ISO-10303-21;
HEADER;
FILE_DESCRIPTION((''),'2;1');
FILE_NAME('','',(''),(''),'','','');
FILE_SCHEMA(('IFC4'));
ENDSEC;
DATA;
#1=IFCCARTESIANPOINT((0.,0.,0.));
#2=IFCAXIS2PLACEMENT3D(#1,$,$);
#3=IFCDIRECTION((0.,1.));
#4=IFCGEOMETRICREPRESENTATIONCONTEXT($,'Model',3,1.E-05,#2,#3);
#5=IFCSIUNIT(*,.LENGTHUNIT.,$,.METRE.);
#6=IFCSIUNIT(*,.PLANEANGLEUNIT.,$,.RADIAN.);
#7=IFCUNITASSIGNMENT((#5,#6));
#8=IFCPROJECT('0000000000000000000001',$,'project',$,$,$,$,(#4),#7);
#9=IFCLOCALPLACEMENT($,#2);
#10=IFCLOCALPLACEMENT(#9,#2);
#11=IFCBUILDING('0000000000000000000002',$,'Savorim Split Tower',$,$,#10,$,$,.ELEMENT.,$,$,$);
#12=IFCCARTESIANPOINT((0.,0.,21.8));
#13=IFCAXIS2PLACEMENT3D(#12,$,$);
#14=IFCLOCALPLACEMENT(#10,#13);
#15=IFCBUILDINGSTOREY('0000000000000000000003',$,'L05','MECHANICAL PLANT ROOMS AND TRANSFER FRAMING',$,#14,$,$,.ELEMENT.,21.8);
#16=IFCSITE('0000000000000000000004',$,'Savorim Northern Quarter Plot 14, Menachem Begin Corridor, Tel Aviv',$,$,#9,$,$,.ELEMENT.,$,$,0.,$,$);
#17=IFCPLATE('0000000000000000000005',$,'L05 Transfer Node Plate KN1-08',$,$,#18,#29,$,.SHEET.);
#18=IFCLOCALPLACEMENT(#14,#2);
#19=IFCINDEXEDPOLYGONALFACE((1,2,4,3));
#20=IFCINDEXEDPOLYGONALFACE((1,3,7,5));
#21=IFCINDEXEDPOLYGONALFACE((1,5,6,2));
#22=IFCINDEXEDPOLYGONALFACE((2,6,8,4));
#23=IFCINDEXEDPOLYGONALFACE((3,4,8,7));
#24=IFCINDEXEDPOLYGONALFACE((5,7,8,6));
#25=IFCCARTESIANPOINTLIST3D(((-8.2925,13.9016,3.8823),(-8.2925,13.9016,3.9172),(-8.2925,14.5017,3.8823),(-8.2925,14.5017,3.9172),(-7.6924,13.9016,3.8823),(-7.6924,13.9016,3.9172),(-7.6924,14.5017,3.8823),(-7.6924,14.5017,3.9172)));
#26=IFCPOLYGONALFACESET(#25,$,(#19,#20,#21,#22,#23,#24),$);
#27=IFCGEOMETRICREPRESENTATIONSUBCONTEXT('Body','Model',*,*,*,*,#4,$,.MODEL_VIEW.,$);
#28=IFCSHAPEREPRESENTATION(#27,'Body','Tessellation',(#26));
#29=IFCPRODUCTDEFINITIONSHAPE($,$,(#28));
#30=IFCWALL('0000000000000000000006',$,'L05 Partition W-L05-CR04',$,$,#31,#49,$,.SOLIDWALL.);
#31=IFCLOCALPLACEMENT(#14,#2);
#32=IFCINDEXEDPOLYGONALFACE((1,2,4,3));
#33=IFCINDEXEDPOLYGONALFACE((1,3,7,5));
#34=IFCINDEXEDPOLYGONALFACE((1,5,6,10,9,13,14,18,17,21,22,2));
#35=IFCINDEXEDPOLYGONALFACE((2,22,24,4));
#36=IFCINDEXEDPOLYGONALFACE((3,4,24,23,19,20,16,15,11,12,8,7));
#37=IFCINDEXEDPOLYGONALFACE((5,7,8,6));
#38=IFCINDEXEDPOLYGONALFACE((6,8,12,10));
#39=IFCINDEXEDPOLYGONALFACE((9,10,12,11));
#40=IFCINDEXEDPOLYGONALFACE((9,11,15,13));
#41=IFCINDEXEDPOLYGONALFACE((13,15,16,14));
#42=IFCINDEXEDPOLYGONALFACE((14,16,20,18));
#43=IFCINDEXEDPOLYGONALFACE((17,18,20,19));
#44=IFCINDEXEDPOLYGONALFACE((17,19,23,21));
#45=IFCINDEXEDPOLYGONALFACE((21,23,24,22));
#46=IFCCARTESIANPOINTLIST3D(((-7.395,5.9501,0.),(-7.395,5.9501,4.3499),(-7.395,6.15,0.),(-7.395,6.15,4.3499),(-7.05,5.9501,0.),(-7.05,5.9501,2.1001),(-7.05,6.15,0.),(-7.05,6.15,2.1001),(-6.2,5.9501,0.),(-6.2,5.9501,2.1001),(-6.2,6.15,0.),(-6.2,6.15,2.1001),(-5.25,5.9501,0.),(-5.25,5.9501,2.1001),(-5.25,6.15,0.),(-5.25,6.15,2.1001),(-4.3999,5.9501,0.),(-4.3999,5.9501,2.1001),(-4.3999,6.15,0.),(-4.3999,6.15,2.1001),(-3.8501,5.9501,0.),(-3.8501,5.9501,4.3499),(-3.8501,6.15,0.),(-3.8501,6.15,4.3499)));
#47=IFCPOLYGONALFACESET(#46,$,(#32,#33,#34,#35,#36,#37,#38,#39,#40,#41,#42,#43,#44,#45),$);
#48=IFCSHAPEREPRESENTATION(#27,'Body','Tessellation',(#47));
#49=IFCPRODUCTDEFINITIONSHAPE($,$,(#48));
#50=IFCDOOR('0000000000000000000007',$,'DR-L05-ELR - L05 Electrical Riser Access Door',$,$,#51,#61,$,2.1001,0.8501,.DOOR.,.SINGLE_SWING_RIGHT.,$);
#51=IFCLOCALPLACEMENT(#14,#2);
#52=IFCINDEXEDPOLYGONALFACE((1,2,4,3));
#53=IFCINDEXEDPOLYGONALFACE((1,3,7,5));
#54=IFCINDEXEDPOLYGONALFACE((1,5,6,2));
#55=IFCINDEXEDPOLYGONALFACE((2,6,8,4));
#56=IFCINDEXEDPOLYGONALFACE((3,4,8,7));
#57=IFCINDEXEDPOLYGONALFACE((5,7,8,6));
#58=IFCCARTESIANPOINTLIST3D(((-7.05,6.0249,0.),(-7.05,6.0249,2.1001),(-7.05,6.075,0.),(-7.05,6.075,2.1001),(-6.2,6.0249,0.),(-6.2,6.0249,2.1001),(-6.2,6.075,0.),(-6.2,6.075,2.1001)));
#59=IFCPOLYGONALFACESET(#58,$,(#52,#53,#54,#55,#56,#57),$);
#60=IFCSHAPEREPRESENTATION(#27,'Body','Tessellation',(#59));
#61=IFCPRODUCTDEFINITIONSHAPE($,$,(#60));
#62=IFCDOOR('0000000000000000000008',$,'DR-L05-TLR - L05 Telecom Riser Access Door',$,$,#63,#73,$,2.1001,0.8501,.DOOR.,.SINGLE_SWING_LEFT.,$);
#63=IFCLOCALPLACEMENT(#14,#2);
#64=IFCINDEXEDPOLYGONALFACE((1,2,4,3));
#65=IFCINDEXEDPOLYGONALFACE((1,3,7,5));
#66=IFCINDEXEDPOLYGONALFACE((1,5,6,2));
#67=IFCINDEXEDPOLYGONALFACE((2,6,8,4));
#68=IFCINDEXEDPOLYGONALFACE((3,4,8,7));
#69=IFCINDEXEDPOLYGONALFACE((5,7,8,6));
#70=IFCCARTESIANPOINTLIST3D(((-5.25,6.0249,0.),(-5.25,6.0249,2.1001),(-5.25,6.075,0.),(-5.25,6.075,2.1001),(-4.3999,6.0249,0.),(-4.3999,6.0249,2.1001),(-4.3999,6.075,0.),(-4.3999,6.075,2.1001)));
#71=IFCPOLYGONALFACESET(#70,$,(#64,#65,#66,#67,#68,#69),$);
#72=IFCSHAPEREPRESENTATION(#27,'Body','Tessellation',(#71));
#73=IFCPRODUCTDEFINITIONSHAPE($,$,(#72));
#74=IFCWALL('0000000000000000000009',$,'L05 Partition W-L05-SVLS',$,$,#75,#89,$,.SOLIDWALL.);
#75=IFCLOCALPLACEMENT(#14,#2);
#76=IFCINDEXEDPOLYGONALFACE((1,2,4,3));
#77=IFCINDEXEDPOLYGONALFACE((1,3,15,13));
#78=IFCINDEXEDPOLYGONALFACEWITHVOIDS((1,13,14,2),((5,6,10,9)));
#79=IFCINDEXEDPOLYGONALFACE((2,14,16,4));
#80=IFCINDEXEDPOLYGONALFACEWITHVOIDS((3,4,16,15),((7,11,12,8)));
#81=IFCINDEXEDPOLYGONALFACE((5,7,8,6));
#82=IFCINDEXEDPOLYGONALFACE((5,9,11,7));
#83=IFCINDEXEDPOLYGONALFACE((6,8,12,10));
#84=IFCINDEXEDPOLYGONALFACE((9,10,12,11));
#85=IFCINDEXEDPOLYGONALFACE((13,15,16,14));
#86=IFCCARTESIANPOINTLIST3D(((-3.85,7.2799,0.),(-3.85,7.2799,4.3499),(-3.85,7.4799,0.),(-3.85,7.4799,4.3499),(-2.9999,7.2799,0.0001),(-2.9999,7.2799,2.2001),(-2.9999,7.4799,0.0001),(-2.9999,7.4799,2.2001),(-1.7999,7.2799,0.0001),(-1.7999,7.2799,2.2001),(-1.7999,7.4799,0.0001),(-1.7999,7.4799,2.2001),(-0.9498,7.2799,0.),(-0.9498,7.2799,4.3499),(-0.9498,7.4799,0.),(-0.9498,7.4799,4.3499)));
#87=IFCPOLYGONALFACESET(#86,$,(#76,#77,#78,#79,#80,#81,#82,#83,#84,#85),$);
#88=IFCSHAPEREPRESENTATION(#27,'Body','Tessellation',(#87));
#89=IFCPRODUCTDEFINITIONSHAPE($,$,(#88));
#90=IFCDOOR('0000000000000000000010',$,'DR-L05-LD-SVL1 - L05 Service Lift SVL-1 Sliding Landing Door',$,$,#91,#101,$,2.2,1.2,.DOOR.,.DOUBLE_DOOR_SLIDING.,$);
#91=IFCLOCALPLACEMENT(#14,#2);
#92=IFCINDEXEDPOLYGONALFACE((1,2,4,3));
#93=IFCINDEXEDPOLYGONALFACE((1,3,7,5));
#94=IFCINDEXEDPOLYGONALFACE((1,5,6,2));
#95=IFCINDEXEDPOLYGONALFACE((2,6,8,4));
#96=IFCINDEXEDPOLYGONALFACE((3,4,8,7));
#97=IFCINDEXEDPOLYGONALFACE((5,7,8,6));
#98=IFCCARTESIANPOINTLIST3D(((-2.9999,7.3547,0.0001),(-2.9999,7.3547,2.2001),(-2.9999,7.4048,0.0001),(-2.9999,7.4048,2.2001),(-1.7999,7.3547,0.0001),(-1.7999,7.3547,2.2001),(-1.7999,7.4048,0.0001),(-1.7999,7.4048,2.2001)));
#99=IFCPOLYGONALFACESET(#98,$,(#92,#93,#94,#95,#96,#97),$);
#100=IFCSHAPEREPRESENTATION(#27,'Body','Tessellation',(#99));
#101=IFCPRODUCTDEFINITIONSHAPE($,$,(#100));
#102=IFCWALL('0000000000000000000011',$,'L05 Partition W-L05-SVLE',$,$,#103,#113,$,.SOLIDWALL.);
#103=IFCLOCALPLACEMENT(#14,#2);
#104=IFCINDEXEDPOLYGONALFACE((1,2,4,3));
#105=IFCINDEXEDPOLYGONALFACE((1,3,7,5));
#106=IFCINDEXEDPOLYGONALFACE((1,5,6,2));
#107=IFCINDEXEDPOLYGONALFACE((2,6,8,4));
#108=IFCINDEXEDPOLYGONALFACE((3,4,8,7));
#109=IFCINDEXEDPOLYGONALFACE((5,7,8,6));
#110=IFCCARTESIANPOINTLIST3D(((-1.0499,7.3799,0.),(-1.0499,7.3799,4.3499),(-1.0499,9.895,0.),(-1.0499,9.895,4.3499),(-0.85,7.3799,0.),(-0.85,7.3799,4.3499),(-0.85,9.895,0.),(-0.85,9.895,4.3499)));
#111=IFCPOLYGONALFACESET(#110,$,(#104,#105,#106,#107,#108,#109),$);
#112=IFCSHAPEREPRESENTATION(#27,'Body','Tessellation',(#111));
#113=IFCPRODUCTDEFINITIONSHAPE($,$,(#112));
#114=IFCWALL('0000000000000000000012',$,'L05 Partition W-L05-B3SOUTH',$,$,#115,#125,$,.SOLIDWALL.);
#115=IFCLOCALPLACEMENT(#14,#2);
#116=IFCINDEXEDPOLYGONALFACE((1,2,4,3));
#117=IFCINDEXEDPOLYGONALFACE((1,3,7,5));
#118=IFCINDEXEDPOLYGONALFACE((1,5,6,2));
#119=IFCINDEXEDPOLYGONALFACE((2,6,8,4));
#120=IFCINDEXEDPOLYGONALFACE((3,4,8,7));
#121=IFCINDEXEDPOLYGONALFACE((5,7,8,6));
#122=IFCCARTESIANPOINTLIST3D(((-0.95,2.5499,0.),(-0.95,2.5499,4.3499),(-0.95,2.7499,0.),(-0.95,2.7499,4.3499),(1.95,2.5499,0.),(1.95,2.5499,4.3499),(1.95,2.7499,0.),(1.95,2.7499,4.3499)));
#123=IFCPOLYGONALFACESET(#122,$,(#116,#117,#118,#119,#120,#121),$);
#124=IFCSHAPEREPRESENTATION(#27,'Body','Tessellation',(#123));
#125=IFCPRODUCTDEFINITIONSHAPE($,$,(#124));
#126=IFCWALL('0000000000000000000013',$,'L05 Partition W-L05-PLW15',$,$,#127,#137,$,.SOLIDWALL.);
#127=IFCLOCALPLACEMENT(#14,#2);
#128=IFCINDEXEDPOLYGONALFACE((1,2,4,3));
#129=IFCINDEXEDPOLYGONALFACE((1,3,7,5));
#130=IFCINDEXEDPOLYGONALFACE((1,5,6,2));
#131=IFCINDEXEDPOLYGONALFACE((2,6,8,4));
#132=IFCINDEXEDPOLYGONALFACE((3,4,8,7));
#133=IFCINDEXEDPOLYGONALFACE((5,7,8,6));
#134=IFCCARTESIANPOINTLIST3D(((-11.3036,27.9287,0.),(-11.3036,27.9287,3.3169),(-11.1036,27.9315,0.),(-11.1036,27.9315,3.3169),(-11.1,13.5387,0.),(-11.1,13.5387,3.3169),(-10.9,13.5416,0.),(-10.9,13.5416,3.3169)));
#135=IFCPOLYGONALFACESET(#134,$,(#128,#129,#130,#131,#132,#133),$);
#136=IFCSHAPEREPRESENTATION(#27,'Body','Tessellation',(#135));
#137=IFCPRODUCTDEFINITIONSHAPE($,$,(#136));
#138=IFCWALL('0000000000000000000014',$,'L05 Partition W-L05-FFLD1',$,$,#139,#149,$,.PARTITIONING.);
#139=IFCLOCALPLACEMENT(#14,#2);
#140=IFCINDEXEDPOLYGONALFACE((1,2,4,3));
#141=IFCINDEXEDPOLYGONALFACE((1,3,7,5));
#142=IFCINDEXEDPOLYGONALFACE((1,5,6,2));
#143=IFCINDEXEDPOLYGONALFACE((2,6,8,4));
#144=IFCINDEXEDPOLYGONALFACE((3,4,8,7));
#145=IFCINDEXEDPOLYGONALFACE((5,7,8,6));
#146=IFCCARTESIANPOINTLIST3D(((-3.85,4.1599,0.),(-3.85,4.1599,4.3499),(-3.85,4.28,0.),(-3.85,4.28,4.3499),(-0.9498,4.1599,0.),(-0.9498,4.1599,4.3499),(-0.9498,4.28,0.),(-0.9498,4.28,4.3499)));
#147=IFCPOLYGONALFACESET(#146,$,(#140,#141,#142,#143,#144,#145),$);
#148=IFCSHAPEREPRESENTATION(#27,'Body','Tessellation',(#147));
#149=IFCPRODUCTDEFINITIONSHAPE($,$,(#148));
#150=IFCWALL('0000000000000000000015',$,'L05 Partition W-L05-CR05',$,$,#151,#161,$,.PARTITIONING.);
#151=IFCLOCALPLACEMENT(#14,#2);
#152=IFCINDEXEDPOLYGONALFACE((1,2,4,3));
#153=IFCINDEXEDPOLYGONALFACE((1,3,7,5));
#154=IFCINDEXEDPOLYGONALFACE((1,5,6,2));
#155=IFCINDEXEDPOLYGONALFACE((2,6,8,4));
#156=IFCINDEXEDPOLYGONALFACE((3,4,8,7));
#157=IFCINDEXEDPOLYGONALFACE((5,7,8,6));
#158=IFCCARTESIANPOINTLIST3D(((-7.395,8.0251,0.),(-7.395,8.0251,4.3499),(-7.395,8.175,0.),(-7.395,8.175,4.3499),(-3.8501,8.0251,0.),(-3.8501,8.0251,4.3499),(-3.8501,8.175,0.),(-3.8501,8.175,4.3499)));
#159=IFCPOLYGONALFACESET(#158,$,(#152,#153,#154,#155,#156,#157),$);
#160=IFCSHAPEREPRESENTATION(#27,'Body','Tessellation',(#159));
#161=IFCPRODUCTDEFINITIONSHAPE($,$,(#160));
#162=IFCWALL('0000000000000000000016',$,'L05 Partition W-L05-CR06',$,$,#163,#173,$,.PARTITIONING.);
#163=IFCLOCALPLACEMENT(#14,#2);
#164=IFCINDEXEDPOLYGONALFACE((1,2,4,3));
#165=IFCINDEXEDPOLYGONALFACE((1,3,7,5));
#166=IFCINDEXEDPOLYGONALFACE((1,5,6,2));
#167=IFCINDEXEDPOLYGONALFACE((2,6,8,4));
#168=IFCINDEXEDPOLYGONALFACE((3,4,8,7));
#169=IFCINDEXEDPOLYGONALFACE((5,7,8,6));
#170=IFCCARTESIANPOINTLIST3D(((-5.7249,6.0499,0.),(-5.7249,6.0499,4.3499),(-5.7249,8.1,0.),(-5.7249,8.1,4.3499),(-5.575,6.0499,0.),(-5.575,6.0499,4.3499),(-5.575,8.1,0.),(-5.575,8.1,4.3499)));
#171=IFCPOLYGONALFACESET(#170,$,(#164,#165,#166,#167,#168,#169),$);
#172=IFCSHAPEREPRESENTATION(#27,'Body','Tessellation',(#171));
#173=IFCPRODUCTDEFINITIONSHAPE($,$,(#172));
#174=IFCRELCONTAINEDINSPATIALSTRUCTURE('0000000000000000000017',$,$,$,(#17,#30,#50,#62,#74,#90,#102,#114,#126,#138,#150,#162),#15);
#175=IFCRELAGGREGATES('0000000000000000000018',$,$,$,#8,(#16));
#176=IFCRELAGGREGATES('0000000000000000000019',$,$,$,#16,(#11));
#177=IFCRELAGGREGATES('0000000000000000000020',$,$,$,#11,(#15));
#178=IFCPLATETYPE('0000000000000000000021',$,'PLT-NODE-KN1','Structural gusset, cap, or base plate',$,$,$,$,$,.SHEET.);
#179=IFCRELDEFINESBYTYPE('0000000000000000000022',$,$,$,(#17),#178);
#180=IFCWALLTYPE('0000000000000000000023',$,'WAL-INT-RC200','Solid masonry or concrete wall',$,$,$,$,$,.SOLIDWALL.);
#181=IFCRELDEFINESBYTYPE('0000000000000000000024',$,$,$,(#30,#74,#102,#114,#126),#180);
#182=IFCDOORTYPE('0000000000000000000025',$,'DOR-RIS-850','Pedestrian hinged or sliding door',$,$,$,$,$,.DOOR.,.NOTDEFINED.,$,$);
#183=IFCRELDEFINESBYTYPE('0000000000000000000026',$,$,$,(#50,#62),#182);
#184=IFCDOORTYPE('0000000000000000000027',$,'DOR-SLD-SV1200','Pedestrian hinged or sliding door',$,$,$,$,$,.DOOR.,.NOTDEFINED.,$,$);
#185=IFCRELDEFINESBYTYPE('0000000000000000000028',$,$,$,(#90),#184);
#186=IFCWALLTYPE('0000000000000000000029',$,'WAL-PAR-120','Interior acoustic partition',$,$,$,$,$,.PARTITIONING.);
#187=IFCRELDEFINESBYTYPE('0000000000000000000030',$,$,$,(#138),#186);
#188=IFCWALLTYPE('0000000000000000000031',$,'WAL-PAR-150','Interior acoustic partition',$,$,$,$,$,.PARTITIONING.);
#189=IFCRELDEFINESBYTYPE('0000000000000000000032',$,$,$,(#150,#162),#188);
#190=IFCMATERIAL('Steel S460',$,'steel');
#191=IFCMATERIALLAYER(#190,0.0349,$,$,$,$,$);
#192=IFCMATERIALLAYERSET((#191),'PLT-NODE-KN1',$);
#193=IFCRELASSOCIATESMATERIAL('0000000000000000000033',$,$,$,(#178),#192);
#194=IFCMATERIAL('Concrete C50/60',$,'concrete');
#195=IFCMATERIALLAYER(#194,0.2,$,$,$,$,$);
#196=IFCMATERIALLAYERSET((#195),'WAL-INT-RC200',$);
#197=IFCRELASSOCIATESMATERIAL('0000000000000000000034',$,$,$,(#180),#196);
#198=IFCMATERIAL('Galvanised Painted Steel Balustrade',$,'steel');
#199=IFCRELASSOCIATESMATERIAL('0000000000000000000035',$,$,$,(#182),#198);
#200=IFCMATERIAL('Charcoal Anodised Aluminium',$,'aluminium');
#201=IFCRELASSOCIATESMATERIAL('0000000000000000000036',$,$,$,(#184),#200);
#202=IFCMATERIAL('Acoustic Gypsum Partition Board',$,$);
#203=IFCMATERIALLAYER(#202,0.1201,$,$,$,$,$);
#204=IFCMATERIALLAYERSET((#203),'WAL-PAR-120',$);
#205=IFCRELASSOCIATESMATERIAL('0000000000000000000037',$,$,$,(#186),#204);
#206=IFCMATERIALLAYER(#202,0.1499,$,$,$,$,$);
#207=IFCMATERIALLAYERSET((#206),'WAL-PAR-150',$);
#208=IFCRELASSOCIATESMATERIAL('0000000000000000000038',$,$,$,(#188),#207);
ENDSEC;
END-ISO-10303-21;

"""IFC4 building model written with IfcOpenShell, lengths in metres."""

from ifc_helpers import new_model, si_unit, direction, frame, frame_2d, origin, origin_2d, place, context, subcontext, project, spatial, rectangle, extrude, material, layer, layer_set, type_object, element, fill, save


model = new_model("IFC4")

# Units and contexts
model_context = context("Model", 3, precision=1e-05, world=origin(), true_north=direction((0.0, 1.0)))
body_context = subcontext(model_context, "Body", "Model", "MODEL_VIEW")
ifc_project = project(units=[si_unit("LENGTHUNIT", "METRE"), si_unit("PLANEANGLEUNIT", "RADIAN")], contexts=[model_context])

# Site, building, storey
site_placement = place(None, origin())
site = spatial("IfcSite", under=ifc_project, at=site_placement, Name="Savorim Northern Quarter Plot 14, Menachem Begin Corridor, Tel Aviv", CompositionType="ELEMENT", RefElevation=0.0)
building_placement = place(site_placement, origin())
building = spatial("IfcBuilding", under=site, at=building_placement, Name="Savorim Split Tower", CompositionType="ELEMENT")
storey_placement = place(building_placement, frame((0.0, 0.0, 21.8)))
storey = spatial("IfcBuildingStorey", under=building, at=storey_placement, Name="L05", Description="MECHANICAL PLANT ROOMS AND TRANSFER FRAMING", CompositionType="ELEMENT", Elevation=21.8)

# Shared definitions
ifc_material_1 = material(Name="Steel S460", Category="steel")

# Shared definitions
ifc_material_2 = material(Name="Charcoal Anodised Aluminium", Category="aluminium")

# Plate
ifc_layer_1 = layer(ifc_material_1, 0.0349)
ifc_layer_set_1 = layer_set([ifc_layer_1], Name="PLT-NODE-KN1")
plate_type_1 = type_object("IfcPlateType", Name="PLT-NODE-KN1", Description="Structural gusset, cap, or base plate", PredefinedType="SHEET", material=ifc_layer_set_1)
plate_1_placement = place(storey_placement, frame((-7.9924, 14.2017, 3.8823), z_axis=(0.0, 0.0, 1.0), x_axis=(1.0, 0.0, 0.0)))
element("IfcPlate", 1, at=plate_1_placement, inside=storey, type_object=plate_type_1, Name="L05 Transfer Node Plate KN1-08", PredefinedType="SHEET", context=body_context, shape_type="SweptSolid", body=[
    extrude(rectangle(XDim=0.6001, YDim=0.6001, at=origin_2d()), origin(), (0.0, 0.0, 1.0), 0.0349),
])

# Wall, openings, doors
ifc_material_3 = material(Name="Concrete C50/60", Category="concrete")
ifc_layer_2 = layer(ifc_material_3, 0.2)
ifc_layer_set_2 = layer_set([ifc_layer_2], Name="WAL-INT-RC200")
wall_type_1 = type_object("IfcWallType", Name="WAL-INT-RC200", Description="Solid masonry or concrete wall", PredefinedType="SOLIDWALL", material=ifc_layer_set_2)
wall_1_placement = place(storey_placement, frame((-7.395, 6.05, 0.0), z_axis=(0.0, 0.0, 1.0), x_axis=(1.0, 0.0, 0.0)))
wall_1 = element("IfcWall", 2, at=wall_1_placement, inside=storey, type_object=wall_type_1, Name="L05 Partition W-L05-CR04", PredefinedType="SOLIDWALL", context=body_context, shape_type="SweptSolid", body=[
    extrude(rectangle(XDim=3.5449, YDim=0.2, at=frame_2d((1.7725, 0.0))), origin(), (0.0, 0.0, 1.0), 4.3499),
])
opening_1_placement = place(wall_1_placement, frame((0.345, 0.0, 0.0)))
opening_1 = element("IfcOpeningElement", 3, at=opening_1_placement, cuts=wall_1, PredefinedType="OPENING", context=body_context, shape_type="SweptSolid", body=[
    extrude(rectangle(XDim=0.8501, YDim=2.1001, at=frame_2d((0.425, 1.05))), frame((0.0, 0.1099, 0.0), z_axis=(0.0, -1.0, 0.0), x_axis=(1.0, 0.0, 0.0)), (0.0, 0.0, 1.0), 0.22),
])
opening_2_placement = place(wall_1_placement, frame((2.145, 0.0, 0.0)))
opening_2 = element("IfcOpeningElement", 4, at=opening_2_placement, cuts=wall_1, PredefinedType="OPENING", context=body_context, shape_type="SweptSolid", body=[
    extrude(rectangle(XDim=0.8501, YDim=2.1001, at=frame_2d((0.425, 1.05))), frame((0.0, 0.1099, 0.0), z_axis=(0.0, -1.0, 0.0), x_axis=(1.0, 0.0, 0.0)), (0.0, 0.0, 1.0), 0.22),
])
ifc_material_4 = material(Name="Galvanised Painted Steel Balustrade", Category="steel")
door_type_1 = type_object("IfcDoorType", Name="DOR-RIS-850", Description="Pedestrian hinged or sliding door", OperationType="NOTDEFINED", PredefinedType="DOOR", material=ifc_material_4)
door_1_placement = place(opening_1_placement, origin())
door_1 = element("IfcDoor", 5, at=door_1_placement, inside=storey, type_object=door_type_1, Name="DR-L05-ELR - L05 Electrical Riser Access Door", OperationType="SINGLE_SWING_RIGHT", OverallHeight=2.1001, OverallWidth=0.8501, PredefinedType="DOOR", context=body_context, shape_type="SweptSolid", body=[
    extrude(rectangle(XDim=0.8501, YDim=2.1001, at=frame_2d((0.425, 1.05))), frame((0.0, 0.0249, 0.0), z_axis=(0.0, -1.0, 0.0), x_axis=(1.0, 0.0, 0.0)), (0.0, 0.0, 1.0), 0.05),
])
fill(opening_1, door_1)
door_2_placement = place(opening_2_placement, origin())
door_2 = element("IfcDoor", 6, at=door_2_placement, inside=storey, type_object=door_type_1, Name="DR-L05-TLR - L05 Telecom Riser Access Door", OperationType="SINGLE_SWING_LEFT", OverallHeight=2.1001, OverallWidth=0.8501, PredefinedType="DOOR", context=body_context, shape_type="SweptSolid", body=[
    extrude(rectangle(XDim=0.8501, YDim=2.1001, at=frame_2d((0.425, 1.05))), frame((0.0, 0.0249, 0.0), z_axis=(0.0, -1.0, 0.0), x_axis=(1.0, 0.0, 0.0)), (0.0, 0.0, 1.0), 0.05),
])
fill(opening_2, door_2)

# Wall, opening, door
wall_2_placement = place(storey_placement, frame((-3.8501, 7.3799, 0.0), z_axis=(0.0, 0.0, 1.0), x_axis=(1.0, 0.0, 0.0)))
wall_2 = element("IfcWall", 7, at=wall_2_placement, inside=storey, type_object=wall_type_1, Name="L05 Partition W-L05-SVLS", PredefinedType="SOLIDWALL", context=body_context, shape_type="SweptSolid", body=[
    extrude(rectangle(XDim=2.9001, YDim=0.2, at=frame_2d((1.4502, 0.0))), origin(), (0.0, 0.0, 1.0), 4.3499),
])
opening_3_placement = place(wall_2_placement, frame((0.8501, 0.0, 0.0)))
opening_3 = element("IfcOpeningElement", 8, at=opening_3_placement, cuts=wall_2, PredefinedType="OPENING", context=body_context, shape_type="SweptSolid", body=[
    extrude(rectangle(XDim=1.2, YDim=2.2, at=frame_2d((0.6001, 1.1001))), frame((0.0, 0.1099, 0.0), z_axis=(0.0, -1.0, 0.0), x_axis=(1.0, 0.0, 0.0)), (0.0, 0.0, 1.0), 0.22),
])
door_type_2 = type_object("IfcDoorType", Name="DOR-SLD-SV1200", Description="Pedestrian hinged or sliding door", OperationType="NOTDEFINED", PredefinedType="DOOR", material=ifc_material_2)
door_3_placement = place(opening_3_placement, origin())
door_3 = element("IfcDoor", 9, at=door_3_placement, inside=storey, type_object=door_type_2, Name="DR-L05-LD-SVL1 - L05 Service Lift SVL-1 Sliding Landing Door", OperationType="DOUBLE_DOOR_SLIDING", OverallHeight=2.2, OverallWidth=1.2, PredefinedType="DOOR", context=body_context, shape_type="SweptSolid", body=[
    extrude(rectangle(XDim=1.2, YDim=2.2, at=frame_2d((0.6001, 1.1001))), frame((0.0, 0.0249, 0.0), z_axis=(0.0, -1.0, 0.0), x_axis=(1.0, 0.0, 0.0)), (0.0, 0.0, 1.0), 0.05),
])
fill(opening_3, door_3)

# Walls
wall_3_placement = place(storey_placement, frame((-0.95, 7.3799, 0.0), z_axis=(0.0, 0.0, 1.0), x_axis=(0.0, 1.0, 0.0)))
element("IfcWall", 10, at=wall_3_placement, inside=storey, type_object=wall_type_1, Name="L05 Partition W-L05-SVLE", PredefinedType="SOLIDWALL", context=body_context, shape_type="SweptSolid", body=[
    extrude(rectangle(XDim=2.5151, YDim=0.2, at=frame_2d((1.2576, 0.0))), origin(), (0.0, 0.0, 1.0), 4.3499),
])
wall_4_placement = place(storey_placement, frame((-0.95, 2.6499, 0.0), z_axis=(0.0, 0.0, 1.0), x_axis=(1.0, 0.0, 0.0)))
element("IfcWall", 11, at=wall_4_placement, inside=storey, type_object=wall_type_1, Name="L05 Partition W-L05-B3SOUTH", PredefinedType="SOLIDWALL", context=body_context, shape_type="SweptSolid", body=[
    extrude(rectangle(XDim=2.8999, YDim=0.2, at=frame_2d((1.45, 0.0))), origin(), (0.0, 0.0, 1.0), 4.3499),
])
wall_5_placement = place(storey_placement, frame((-11.0, 13.54, 0.0), z_axis=(0.0, 0.0, 1.0), x_axis=(-0.014148, 0.9999, 0.0)))
element("IfcWall", 12, at=wall_5_placement, inside=storey, type_object=wall_type_1, Name="L05 Partition W-L05-PLW15", PredefinedType="SOLIDWALL", context=body_context, shape_type="SweptSolid", body=[
    extrude(rectangle(XDim=14.3914, YDim=0.2, at=frame_2d((7.1958, 0.0))), origin(), (0.0, 0.0, 1.0), 3.3169),
])
ifc_material_5 = material(Name="Acoustic Gypsum Partition Board")
ifc_layer_3 = layer(ifc_material_5, 0.1201)
ifc_layer_set_3 = layer_set([ifc_layer_3], Name="WAL-PAR-120")
wall_type_2 = type_object("IfcWallType", Name="WAL-PAR-120", Description="Interior acoustic partition", PredefinedType="PARTITIONING", material=ifc_layer_set_3)
wall_6_placement = place(storey_placement, frame((-3.8501, 4.22, 0.0), z_axis=(0.0, 0.0, 1.0), x_axis=(1.0, 0.0, 0.0)))
element("IfcWall", 13, at=wall_6_placement, inside=storey, type_object=wall_type_2, Name="L05 Partition W-L05-FFLD1", PredefinedType="PARTITIONING", context=body_context, shape_type="SweptSolid", body=[
    extrude(rectangle(XDim=2.9001, YDim=0.1201, at=frame_2d((1.4502, 0.0))), origin(), (0.0, 0.0, 1.0), 4.3499),
])
ifc_layer_4 = layer(ifc_material_5, 0.1499)
ifc_layer_set_4 = layer_set([ifc_layer_4], Name="WAL-PAR-150")
wall_type_3 = type_object("IfcWallType", Name="WAL-PAR-150", Description="Interior acoustic partition", PredefinedType="PARTITIONING", material=ifc_layer_set_4)
wall_7_placement = place(storey_placement, frame((-7.395, 8.1001, 0.0), z_axis=(0.0, 0.0, 1.0), x_axis=(1.0, 0.0, 0.0)))
element("IfcWall", 14, at=wall_7_placement, inside=storey, type_object=wall_type_3, Name="L05 Partition W-L05-CR05", PredefinedType="PARTITIONING", context=body_context, shape_type="SweptSolid", body=[
    extrude(rectangle(XDim=3.5449, YDim=0.1499, at=frame_2d((1.7725, 0.0))), origin(), (0.0, 0.0, 1.0), 4.3499),
])
wall_8_placement = place(storey_placement, frame((-5.6499, 6.05, 0.0), z_axis=(0.0, 0.0, 1.0), x_axis=(0.0, 1.0, 0.0)))
element("IfcWall", 15, at=wall_8_placement, inside=storey, type_object=wall_type_3, Name="L05 Partition W-L05-CR06", PredefinedType="PARTITIONING", context=body_context, shape_type="SweptSolid", body=[
    extrude(rectangle(XDim=2.05, YDim=0.1499, at=frame_2d((1.0249, 0.0))), origin(), (0.0, 0.0, 1.0), 4.3499),
])

save(model, "model.ifc")
